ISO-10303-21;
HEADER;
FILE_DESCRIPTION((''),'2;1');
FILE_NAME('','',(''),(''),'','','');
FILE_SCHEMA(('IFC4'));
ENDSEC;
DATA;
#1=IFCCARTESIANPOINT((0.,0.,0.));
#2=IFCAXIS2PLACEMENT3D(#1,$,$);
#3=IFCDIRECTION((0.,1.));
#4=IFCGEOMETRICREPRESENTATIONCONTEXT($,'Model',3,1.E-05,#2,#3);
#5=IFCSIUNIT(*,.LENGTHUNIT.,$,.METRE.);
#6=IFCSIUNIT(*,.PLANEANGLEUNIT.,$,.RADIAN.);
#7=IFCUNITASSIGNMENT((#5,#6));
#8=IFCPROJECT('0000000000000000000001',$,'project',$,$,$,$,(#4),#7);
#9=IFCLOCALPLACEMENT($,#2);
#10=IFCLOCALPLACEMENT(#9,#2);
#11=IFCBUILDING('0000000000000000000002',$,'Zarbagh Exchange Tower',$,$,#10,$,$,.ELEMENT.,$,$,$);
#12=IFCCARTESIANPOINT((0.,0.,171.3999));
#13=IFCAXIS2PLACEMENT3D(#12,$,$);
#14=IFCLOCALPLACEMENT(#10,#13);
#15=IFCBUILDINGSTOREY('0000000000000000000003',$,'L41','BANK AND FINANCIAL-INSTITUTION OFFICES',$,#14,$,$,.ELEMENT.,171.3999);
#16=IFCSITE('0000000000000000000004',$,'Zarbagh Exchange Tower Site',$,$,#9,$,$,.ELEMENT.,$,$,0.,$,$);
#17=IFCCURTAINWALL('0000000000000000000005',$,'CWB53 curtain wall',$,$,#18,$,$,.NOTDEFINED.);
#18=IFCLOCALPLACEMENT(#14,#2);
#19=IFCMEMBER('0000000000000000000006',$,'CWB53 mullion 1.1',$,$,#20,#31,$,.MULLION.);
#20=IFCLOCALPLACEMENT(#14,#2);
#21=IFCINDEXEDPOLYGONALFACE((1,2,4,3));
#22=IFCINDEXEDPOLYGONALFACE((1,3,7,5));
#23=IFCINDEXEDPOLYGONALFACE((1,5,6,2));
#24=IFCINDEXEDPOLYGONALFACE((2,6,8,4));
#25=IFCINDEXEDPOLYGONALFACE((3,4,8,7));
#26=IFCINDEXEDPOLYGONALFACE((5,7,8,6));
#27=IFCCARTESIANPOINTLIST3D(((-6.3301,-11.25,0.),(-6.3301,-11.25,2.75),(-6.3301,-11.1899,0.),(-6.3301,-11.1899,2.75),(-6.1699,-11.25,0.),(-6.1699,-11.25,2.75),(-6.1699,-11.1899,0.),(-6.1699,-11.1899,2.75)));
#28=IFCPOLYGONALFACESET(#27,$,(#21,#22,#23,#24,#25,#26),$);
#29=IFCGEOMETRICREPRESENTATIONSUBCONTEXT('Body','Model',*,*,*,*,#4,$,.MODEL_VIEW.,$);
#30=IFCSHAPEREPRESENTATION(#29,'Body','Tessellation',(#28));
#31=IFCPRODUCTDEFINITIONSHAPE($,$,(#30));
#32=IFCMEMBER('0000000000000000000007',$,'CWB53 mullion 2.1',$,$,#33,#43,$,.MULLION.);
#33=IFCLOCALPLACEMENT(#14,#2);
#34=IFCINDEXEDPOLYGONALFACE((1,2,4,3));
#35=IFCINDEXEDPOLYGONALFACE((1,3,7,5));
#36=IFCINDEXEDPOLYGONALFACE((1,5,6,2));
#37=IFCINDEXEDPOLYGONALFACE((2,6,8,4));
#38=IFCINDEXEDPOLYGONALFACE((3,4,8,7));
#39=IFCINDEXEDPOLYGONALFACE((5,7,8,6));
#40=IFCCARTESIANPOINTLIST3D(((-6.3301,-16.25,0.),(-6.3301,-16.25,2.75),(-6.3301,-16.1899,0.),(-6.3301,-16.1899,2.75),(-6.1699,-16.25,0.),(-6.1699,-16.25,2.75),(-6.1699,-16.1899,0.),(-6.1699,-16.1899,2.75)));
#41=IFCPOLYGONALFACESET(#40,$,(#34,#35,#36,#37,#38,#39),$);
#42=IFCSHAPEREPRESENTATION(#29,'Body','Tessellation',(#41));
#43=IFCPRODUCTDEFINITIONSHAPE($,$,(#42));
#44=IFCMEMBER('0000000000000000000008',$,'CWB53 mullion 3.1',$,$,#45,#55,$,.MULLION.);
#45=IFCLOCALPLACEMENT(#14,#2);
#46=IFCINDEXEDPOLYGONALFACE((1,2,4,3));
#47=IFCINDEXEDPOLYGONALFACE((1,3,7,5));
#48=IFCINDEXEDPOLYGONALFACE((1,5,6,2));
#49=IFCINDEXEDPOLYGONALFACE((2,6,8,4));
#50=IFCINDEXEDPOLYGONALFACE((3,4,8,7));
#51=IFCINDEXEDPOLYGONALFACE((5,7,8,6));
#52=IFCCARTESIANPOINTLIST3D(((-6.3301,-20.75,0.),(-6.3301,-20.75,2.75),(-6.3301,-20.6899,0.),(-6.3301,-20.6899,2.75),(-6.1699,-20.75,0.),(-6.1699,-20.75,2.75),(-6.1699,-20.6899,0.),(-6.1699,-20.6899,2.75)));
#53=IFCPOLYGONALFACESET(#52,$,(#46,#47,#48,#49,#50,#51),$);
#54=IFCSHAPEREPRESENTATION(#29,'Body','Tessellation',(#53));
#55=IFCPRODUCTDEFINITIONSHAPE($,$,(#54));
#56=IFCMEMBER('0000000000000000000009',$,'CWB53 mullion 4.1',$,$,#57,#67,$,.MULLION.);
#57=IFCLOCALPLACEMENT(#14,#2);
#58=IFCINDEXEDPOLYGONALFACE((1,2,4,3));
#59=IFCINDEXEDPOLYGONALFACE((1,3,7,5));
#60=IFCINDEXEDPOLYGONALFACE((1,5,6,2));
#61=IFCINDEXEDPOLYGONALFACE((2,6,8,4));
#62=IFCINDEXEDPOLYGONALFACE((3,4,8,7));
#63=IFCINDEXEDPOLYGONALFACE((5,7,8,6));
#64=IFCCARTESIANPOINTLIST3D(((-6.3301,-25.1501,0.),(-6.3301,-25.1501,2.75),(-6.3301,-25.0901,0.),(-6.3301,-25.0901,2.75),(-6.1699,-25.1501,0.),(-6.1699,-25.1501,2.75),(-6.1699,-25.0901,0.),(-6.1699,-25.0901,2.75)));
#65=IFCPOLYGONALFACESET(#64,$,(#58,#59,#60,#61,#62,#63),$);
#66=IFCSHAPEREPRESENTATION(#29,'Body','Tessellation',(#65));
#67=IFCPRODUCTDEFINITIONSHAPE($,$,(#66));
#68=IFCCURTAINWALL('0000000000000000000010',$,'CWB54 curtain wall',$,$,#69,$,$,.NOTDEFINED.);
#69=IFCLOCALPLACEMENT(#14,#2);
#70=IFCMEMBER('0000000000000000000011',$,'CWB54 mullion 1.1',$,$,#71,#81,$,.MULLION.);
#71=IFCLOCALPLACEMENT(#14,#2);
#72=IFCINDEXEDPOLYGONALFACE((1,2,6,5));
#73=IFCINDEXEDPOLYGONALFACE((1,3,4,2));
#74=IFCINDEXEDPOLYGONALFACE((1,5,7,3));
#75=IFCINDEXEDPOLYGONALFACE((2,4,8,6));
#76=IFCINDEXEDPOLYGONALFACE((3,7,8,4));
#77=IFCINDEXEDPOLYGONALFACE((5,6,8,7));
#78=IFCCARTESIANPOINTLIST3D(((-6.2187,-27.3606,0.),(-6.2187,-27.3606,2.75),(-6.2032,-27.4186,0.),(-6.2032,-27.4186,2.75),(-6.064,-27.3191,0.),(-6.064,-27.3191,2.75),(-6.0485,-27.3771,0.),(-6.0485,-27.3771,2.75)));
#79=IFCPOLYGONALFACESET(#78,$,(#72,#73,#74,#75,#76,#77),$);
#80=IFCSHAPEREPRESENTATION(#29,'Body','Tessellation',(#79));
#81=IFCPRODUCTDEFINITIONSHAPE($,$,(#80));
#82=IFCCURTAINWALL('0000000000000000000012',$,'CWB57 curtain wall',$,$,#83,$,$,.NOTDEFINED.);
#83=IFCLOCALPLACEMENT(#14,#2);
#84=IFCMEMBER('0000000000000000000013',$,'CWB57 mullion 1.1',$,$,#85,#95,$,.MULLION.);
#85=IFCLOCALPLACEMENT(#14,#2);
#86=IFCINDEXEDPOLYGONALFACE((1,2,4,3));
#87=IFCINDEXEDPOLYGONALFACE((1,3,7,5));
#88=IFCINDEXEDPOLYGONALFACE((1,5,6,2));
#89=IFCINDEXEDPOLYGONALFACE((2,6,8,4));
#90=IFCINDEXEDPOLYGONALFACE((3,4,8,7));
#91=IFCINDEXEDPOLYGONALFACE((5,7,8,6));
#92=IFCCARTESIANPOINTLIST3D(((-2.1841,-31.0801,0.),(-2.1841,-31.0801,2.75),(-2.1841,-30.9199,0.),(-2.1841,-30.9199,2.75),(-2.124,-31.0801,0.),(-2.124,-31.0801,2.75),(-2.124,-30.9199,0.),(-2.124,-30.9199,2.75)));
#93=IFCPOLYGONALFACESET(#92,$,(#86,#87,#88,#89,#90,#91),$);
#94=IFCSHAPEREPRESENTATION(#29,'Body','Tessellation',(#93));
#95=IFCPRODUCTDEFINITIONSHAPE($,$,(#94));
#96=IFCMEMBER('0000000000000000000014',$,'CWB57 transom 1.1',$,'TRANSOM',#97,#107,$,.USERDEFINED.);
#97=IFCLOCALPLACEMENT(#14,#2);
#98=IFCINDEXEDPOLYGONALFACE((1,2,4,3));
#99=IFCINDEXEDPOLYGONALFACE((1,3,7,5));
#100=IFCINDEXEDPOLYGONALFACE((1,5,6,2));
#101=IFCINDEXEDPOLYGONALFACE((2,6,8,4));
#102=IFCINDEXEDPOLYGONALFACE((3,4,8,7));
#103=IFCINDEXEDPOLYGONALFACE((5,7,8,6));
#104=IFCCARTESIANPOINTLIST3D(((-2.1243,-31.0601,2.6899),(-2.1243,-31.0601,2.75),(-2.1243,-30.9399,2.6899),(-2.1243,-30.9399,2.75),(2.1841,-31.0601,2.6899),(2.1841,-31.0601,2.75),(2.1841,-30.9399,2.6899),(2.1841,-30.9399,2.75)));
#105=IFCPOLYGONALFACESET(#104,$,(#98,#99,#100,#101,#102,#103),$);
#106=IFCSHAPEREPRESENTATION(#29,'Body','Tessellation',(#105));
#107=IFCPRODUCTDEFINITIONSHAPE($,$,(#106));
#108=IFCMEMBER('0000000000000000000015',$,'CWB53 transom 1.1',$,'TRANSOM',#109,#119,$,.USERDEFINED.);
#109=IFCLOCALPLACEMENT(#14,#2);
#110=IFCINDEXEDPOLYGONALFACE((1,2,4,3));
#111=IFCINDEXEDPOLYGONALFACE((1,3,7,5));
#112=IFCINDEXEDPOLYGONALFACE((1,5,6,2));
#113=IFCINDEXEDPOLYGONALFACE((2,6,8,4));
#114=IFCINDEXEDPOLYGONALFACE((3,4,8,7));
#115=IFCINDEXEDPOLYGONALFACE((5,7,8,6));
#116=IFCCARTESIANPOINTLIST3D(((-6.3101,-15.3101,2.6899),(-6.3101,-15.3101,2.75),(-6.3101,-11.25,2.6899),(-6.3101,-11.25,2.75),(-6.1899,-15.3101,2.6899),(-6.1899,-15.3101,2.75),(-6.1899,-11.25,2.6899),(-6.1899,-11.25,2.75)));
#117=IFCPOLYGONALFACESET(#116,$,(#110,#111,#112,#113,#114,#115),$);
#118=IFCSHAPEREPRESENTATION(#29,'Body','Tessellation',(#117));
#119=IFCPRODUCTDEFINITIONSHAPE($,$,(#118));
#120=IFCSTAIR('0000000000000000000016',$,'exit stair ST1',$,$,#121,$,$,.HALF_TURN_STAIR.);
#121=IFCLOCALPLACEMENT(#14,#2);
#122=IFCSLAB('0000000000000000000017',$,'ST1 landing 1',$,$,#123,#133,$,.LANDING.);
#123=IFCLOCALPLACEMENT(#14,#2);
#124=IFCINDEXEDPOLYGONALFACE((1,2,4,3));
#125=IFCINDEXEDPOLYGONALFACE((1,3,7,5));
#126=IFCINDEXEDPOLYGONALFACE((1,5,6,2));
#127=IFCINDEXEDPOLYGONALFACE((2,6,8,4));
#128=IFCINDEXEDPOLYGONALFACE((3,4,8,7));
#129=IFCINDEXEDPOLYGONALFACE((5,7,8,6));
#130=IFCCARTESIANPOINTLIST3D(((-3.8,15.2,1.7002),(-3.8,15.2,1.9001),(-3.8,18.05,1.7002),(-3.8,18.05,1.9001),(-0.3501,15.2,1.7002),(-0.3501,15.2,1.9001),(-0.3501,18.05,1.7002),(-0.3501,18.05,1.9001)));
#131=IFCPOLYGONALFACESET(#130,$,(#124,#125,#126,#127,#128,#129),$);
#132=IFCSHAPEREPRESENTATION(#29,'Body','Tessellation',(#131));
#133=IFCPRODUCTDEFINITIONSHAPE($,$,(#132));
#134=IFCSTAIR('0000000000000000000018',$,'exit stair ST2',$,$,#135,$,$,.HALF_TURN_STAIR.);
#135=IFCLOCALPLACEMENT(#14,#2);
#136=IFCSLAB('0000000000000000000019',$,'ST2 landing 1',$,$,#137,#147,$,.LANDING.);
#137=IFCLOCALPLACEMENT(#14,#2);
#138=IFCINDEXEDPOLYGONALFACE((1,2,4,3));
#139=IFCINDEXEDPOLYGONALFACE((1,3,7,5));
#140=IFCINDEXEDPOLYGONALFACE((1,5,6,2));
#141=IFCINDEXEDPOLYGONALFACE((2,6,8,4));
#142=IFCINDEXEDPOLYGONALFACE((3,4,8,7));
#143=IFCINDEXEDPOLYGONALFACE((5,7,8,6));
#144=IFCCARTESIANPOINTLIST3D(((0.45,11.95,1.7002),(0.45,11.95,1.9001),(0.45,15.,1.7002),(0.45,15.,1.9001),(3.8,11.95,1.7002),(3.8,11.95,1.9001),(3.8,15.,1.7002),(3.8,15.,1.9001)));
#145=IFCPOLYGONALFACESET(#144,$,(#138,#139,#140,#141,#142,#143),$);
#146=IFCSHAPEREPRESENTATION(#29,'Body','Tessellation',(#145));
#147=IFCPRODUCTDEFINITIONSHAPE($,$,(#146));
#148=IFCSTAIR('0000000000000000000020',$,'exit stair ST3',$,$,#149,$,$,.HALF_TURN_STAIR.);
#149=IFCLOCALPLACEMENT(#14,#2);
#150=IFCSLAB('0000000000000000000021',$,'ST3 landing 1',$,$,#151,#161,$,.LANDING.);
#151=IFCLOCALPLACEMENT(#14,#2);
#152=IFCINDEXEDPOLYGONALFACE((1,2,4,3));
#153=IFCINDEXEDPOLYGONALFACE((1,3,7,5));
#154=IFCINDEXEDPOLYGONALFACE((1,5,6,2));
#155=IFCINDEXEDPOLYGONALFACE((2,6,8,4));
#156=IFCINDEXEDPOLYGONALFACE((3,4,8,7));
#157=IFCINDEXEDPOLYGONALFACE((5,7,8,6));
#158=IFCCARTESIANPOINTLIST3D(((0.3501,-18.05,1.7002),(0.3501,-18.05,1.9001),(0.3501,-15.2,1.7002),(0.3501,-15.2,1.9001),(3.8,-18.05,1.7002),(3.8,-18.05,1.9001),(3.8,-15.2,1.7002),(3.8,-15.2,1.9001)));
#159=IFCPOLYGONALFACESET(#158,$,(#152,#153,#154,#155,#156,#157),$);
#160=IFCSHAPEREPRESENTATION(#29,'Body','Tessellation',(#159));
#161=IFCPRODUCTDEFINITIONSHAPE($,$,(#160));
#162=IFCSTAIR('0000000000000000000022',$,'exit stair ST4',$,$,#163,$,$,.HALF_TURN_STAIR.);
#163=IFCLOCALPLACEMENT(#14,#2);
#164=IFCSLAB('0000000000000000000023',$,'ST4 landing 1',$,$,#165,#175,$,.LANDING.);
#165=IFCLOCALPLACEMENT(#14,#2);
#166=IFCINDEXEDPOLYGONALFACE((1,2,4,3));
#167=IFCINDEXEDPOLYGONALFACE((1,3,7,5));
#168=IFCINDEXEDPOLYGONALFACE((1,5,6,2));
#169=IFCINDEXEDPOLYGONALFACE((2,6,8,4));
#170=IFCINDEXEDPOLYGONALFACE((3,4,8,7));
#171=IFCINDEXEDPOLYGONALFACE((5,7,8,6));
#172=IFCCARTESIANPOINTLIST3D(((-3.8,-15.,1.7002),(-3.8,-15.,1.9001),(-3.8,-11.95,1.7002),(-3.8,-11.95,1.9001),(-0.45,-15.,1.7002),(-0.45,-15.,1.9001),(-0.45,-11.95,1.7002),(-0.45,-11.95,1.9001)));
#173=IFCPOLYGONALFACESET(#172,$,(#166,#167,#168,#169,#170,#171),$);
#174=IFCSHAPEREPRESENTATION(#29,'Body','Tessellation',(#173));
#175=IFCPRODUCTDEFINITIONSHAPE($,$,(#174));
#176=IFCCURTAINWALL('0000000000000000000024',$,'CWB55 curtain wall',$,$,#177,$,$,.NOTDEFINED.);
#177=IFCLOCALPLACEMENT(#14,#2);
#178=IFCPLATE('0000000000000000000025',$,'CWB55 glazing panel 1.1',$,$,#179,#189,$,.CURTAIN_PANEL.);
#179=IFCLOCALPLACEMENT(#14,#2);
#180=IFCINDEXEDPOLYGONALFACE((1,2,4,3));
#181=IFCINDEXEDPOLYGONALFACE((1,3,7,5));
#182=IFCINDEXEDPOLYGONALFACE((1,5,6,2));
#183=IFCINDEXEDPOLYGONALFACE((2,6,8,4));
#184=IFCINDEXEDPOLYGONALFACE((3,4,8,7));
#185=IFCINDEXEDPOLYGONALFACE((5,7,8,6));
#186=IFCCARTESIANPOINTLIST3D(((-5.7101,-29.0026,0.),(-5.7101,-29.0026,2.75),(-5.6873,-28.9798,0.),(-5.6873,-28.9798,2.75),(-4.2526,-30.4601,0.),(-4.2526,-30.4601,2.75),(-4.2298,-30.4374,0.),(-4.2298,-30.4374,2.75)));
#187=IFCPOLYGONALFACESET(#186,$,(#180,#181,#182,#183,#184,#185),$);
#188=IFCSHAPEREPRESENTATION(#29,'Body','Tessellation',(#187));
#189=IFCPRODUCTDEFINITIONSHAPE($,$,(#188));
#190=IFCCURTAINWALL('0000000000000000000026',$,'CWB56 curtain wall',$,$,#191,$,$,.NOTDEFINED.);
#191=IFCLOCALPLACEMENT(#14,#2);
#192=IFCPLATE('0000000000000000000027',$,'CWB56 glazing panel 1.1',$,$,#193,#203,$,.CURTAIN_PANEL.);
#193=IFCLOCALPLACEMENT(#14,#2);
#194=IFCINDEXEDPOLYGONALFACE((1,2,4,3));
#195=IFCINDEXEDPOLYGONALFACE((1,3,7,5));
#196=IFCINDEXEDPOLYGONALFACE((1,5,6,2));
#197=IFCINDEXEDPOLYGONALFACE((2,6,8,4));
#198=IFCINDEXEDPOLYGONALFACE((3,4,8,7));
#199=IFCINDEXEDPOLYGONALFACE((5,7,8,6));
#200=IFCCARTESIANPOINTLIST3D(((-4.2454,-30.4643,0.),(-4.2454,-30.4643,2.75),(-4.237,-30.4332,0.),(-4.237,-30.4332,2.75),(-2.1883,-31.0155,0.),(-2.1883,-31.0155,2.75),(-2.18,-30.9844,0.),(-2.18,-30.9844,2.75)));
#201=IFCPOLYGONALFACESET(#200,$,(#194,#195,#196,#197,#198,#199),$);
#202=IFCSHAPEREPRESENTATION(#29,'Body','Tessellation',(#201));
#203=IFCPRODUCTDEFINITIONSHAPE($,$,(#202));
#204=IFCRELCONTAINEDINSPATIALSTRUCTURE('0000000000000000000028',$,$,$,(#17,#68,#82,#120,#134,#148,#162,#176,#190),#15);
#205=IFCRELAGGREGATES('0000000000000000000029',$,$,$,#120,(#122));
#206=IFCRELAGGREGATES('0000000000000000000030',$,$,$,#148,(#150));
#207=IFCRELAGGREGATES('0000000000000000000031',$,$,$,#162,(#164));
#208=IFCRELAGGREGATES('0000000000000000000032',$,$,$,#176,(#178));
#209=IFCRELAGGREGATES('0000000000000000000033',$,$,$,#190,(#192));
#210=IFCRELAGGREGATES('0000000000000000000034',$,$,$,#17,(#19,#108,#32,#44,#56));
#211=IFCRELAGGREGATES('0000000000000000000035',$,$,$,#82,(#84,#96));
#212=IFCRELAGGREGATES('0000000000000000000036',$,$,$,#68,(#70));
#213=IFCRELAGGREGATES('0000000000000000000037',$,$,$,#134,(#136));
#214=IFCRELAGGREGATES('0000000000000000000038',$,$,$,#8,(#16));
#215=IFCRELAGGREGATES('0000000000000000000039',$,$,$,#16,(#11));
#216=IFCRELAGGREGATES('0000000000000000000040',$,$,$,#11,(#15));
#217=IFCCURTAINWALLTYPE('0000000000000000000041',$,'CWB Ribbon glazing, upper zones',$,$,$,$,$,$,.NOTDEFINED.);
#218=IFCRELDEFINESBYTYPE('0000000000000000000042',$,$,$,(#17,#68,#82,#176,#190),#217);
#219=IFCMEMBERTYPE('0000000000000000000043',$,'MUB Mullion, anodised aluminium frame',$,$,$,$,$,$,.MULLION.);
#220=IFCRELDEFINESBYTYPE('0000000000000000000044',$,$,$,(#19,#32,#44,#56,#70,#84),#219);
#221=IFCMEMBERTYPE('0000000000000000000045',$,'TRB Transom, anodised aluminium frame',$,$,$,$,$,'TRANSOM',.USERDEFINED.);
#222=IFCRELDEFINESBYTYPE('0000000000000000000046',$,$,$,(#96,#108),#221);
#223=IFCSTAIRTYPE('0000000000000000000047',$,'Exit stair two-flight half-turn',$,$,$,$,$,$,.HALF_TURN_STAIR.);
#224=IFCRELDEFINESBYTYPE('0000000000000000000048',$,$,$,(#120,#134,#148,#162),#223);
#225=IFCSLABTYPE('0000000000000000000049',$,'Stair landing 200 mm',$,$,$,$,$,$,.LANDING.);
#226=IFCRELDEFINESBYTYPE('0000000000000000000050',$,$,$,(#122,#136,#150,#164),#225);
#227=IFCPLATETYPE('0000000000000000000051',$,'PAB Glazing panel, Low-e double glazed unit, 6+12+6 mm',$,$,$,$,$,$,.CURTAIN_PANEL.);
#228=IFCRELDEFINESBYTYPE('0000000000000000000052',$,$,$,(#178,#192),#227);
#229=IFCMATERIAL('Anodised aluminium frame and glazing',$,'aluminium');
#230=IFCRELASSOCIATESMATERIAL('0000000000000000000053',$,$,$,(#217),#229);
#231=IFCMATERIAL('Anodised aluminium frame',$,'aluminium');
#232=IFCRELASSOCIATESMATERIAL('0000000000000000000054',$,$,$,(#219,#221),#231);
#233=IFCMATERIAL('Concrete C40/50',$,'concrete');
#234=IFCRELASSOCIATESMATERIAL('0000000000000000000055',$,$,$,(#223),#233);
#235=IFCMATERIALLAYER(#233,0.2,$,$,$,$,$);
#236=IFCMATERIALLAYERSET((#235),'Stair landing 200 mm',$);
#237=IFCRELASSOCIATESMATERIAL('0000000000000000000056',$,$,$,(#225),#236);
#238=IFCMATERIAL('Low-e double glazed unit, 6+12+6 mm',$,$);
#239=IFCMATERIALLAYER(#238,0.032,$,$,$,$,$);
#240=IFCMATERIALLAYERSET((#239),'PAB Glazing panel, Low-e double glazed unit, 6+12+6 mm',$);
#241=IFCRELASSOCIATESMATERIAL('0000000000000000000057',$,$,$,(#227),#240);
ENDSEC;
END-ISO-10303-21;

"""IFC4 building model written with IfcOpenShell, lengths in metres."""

from ifc_helpers import new_model, si_unit, direction, frame, origin, place, context, subcontext, project, spatial, polyline, outline, extrude, source, transform, mapped, material, layer, layer_set, type_object, element, aggregate, save


model = new_model("IFC4")

# Units and contexts
model_context = context("Model", 3, precision=1e-05, world=origin(), true_north=direction((0.0, 1.0)))
body_context = subcontext(model_context, "Body", "Model", "MODEL_VIEW")
ifc_project = project(units=[si_unit("LENGTHUNIT", "METRE"), si_unit("PLANEANGLEUNIT", "RADIAN")], contexts=[model_context])

# Site, building, storey
site_placement = place(None, origin())
site = spatial("IfcSite", under=ifc_project, at=site_placement, Name="Zarbagh Exchange Tower Site", CompositionType="ELEMENT", RefElevation=0.0)
building_placement = place(site_placement, origin())
building = spatial("IfcBuilding", under=site, at=building_placement, Name="Zarbagh Exchange Tower", CompositionType="ELEMENT")
storey_placement = place(building_placement, frame((0.0, 0.0, 171.3999)))
storey = spatial("IfcBuildingStorey", under=building, at=storey_placement, Name="L41", Description="BANK AND FINANCIAL-INSTITUTION OFFICES", CompositionType="ELEMENT", Elevation=171.3999)

# Curtain wall, members
ifc_material_1 = material(Name="Anodised aluminium frame and glazing", Category="aluminium")
curtain_wall_type = type_object("IfcCurtainWallType", Name="CWB Ribbon glazing, upper zones", PredefinedType="NOTDEFINED", material=ifc_material_1)
curtain_wall_1_placement = place(storey_placement, origin())
curtain_wall_1 = element("IfcCurtainWall", 1, at=curtain_wall_1_placement, inside=storey, type_object=curtain_wall_type, Name="CWB53 curtain wall", PredefinedType="NOTDEFINED")
ifc_material_2 = material(Name="Anodised aluminium frame", Category="aluminium")
member_type_1 = type_object("IfcMemberType", Name="MUB Mullion, anodised aluminium frame", PredefinedType="MULLION", material=ifc_material_2)
shared_shape_1 = source(origin(), body_context, "Body", "SweptSolid", [
    extrude(outline(polyline([(0.0, -0.0801), (0.0601, -0.0801), (0.0601, 0.0801), (0.0, 0.0801), (0.0, -0.0801)])), origin(), (0.0, 0.0, 1.0), 2.75),
])
placement = place(storey_placement, origin())
member_1 = element("IfcMember", 2, at=placement, type_object=member_type_1, Name="CWB53 mullion 1.1", PredefinedType="MULLION", context=body_context, shape_type="MappedRepresentation", body=[
    mapped(shared_shape_1, transform((-6.25, -11.1899, 0.0), x_axis=(0.0, -1.0, 0.0), y_axis=(1.0, 0.0, 0.0), z_axis=(0.0, 0.0, 1.0))),
])
member_2 = element("IfcMember", 3, at=placement, type_object=member_type_1, Name="CWB53 mullion 2.1", PredefinedType="MULLION", context=body_context, shape_type="MappedRepresentation", body=[
    mapped(shared_shape_1, transform((-6.25, -16.1899, 0.0), x_axis=(0.0, -1.0, 0.0), y_axis=(1.0, 0.0, 0.0), z_axis=(0.0, 0.0, 1.0))),
])
member_3 = element("IfcMember", 4, at=placement, type_object=member_type_1, Name="CWB53 mullion 3.1", PredefinedType="MULLION", context=body_context, shape_type="MappedRepresentation", body=[
    mapped(shared_shape_1, transform((-6.25, -20.6899, 0.0), x_axis=(0.0, -1.0, 0.0), y_axis=(1.0, 0.0, 0.0), z_axis=(0.0, 0.0, 1.0))),
])
member_4 = element("IfcMember", 5, at=placement, type_object=member_type_1, Name="CWB53 mullion 4.1", PredefinedType="MULLION", context=body_context, shape_type="MappedRepresentation", body=[
    mapped(shared_shape_1, transform((-6.25, -25.0901, 0.0), x_axis=(0.0, -1.0, 0.0), y_axis=(1.0, 0.0, 0.0), z_axis=(0.0, 0.0, 1.0))),
])

# Curtain wall, member
curtain_wall_2_placement = place(storey_placement, origin())
curtain_wall_2 = element("IfcCurtainWall", 6, at=curtain_wall_2_placement, inside=storey, type_object=curtain_wall_type, Name="CWB54 curtain wall", PredefinedType="NOTDEFINED")
member_5 = element("IfcMember", 7, at=placement, type_object=member_type_1, Name="CWB54 mullion 1.1", PredefinedType="MULLION", context=body_context, shape_type="MappedRepresentation", body=[
    mapped(shared_shape_1, transform((-6.1414, -27.3398, 0.0), x_axis=(0.258825, -0.965924, 0.0), y_axis=(0.965924, 0.258825, 0.0), z_axis=(0.0, 0.0, 1.0))),
])

# Curtain wall, members
curtain_wall_3_placement = place(storey_placement, origin())
curtain_wall_3 = element("IfcCurtainWall", 8, at=curtain_wall_3_placement, inside=storey, type_object=curtain_wall_type, Name="CWB57 curtain wall", PredefinedType="NOTDEFINED")
member_6 = element("IfcMember", 9, at=placement, type_object=member_type_1, Name="CWB57 mullion 1.1", PredefinedType="MULLION", context=body_context, shape_type="MappedRepresentation", body=[
    mapped(shared_shape_1, transform((-2.1841, -31.0, 0.0), x_axis=(1.0, 0.0, 0.0), y_axis=(0.0, 1.0, 0.0), z_axis=(0.0, 0.0, 1.0))),
])
member_type_2 = type_object("IfcMemberType", Name="TRB Transom, anodised aluminium frame", ElementType="TRANSOM", PredefinedType="USERDEFINED", material=ifc_material_2)
shared_shape_2 = source(origin(), body_context, "Body", "SweptSolid", [
    extrude(outline(polyline([(-0.0601, -0.0601), (0.0, -0.0601), (0.0, 0.0601), (-0.0601, 0.0601), (-0.0601, -0.0601)])), origin(), (0.0, 0.0, 1.0), 4.3083),
])
member_7 = element("IfcMember", 10, at=placement, type_object=member_type_2, Name="CWB57 transom 1.1", ObjectType="TRANSOM", PredefinedType="USERDEFINED", context=body_context, shape_type="MappedRepresentation", body=[
    mapped(shared_shape_2, transform((-2.1243, -31.0, 2.75), x_axis=(0.0, 0.0, 1.0), y_axis=(0.0, -1.0, 0.0), z_axis=(1.0, 0.0, 0.0))),
])

# Member
shared_shape_3 = source(origin(), body_context, "Body", "SweptSolid", [
    extrude(outline(polyline([(-0.0601, -0.0601), (0.0, -0.0601), (0.0, 0.0601), (-0.0601, 0.0601), (-0.0601, -0.0601)])), origin(), (0.0, 0.0, 1.0), 4.0601),
])
member_8 = element("IfcMember", 11, at=placement, type_object=member_type_2, Name="CWB53 transom 1.1", ObjectType="TRANSOM", PredefinedType="USERDEFINED", context=body_context, shape_type="MappedRepresentation", body=[
    mapped(shared_shape_3, transform((-6.25, -11.25, 2.75), x_axis=(0.0, 0.0, 1.0), y_axis=(-1.0, 0.0, 0.0), z_axis=(0.0, -1.0, 0.0))),
])

# Stairs, slabs
ifc_material_3 = material(Name="Concrete C40/50", Category="concrete")
stair_type = type_object("IfcStairType", Name="Exit stair two-flight half-turn", PredefinedType="HALF_TURN_STAIR", material=ifc_material_3)
stair_1_placement = place(storey_placement, origin())
stair_1 = element("IfcStair", 12, at=stair_1_placement, inside=storey, type_object=stair_type, Name="exit stair ST1", PredefinedType="HALF_TURN_STAIR")
ifc_layer_1 = layer(ifc_material_3, 0.2)
ifc_layer_set_1 = layer_set([ifc_layer_1], Name="Stair landing 200 mm")
slab_type = type_object("IfcSlabType", Name="Stair landing 200 mm", PredefinedType="LANDING", material=ifc_layer_set_1)
slab_1_placement = place(storey_placement, frame((0.0, 0.0, 1.7002)))
slab_1 = element("IfcSlab", 13, at=slab_1_placement, type_object=slab_type, Name="ST1 landing 1", PredefinedType="LANDING", context=body_context, shape_type="SweptSolid", body=[
    extrude(outline(polyline([(-0.3501, 18.05), (-3.8, 18.05), (-3.8, 15.2), (-0.3501, 15.2), (-0.3501, 18.05)])), origin(), (0.0, 0.0, 1.0), 0.2),
])
aggregate(stair_1, [slab_1])
stair_2_placement = place(storey_placement, origin())
stair_2 = element("IfcStair", 14, at=stair_2_placement, inside=storey, type_object=stair_type, Name="exit stair ST2", PredefinedType="HALF_TURN_STAIR")
slab_2_placement = place(storey_placement, frame((0.0, 0.0, 1.7002)))
slab_2 = element("IfcSlab", 15, at=slab_2_placement, type_object=slab_type, Name="ST2 landing 1", PredefinedType="LANDING", context=body_context, shape_type="SweptSolid", body=[
    extrude(outline(polyline([(0.45, 11.95), (3.8, 11.95), (3.8, 15.0), (0.45, 15.0), (0.45, 11.95)])), origin(), (0.0, 0.0, 1.0), 0.2),
])
stair_3_placement = place(storey_placement, origin())
stair_3 = element("IfcStair", 16, at=stair_3_placement, inside=storey, type_object=stair_type, Name="exit stair ST3", PredefinedType="HALF_TURN_STAIR")
slab_3_placement = place(storey_placement, frame((0.0, 0.0, 1.7002)))
slab_3 = element("IfcSlab", 17, at=slab_3_placement, type_object=slab_type, Name="ST3 landing 1", PredefinedType="LANDING", context=body_context, shape_type="SweptSolid", body=[
    extrude(outline(polyline([(0.3501, -18.05), (3.8, -18.05), (3.8, -15.2), (0.3501, -15.2), (0.3501, -18.05)])), origin(), (0.0, 0.0, 1.0), 0.2),
])
aggregate(stair_3, [slab_3])
stair_4_placement = place(storey_placement, origin())
stair_4 = element("IfcStair", 18, at=stair_4_placement, inside=storey, type_object=stair_type, Name="exit stair ST4", PredefinedType="HALF_TURN_STAIR")
slab_4_placement = place(storey_placement, frame((0.0, 0.0, 1.7002)))
slab_4 = element("IfcSlab", 19, at=slab_4_placement, type_object=slab_type, Name="ST4 landing 1", PredefinedType="LANDING", context=body_context, shape_type="SweptSolid", body=[
    extrude(outline(polyline([(-0.45, -11.95), (-3.8, -11.95), (-3.8, -15.0), (-0.45, -15.0), (-0.45, -11.95)])), origin(), (0.0, 0.0, 1.0), 0.2),
])
aggregate(stair_4, [slab_4])

# Curtain walls, plates
curtain_wall_4_placement = place(storey_placement, origin())
curtain_wall_4 = element("IfcCurtainWall", 20, at=curtain_wall_4_placement, inside=storey, type_object=curtain_wall_type, Name="CWB55 curtain wall", PredefinedType="NOTDEFINED")
ifc_material_4 = material(Name="Low-e double glazed unit, 6+12+6 mm")
ifc_layer_2 = layer(ifc_material_4, 0.032)
ifc_layer_set_2 = layer_set([ifc_layer_2], Name="PAB Glazing panel, Low-e double glazed unit, 6+12+6 mm")
plate_type = type_object("IfcPlateType", Name="PAB Glazing panel, Low-e double glazed unit, 6+12+6 mm", PredefinedType="CURTAIN_PANEL", material=ifc_layer_set_2)
shared_shape_4 = source(origin(), body_context, "Body", "SweptSolid", [
    extrude(outline(polyline([(0.0, -0.0161), (2.0613, -0.0161), (2.0613, 0.0161), (0.0, 0.0161), (0.0, -0.0161)])), origin(), (0.0, 0.0, 1.0), 2.75),
])
plate_1 = element("IfcPlate", 21, at=placement, type_object=plate_type, Name="CWB55 glazing panel 1.1", PredefinedType="CURTAIN_PANEL", context=body_context, shape_type="MappedRepresentation", body=[
    mapped(shared_shape_4, transform((-5.6987, -28.9912, 0.0), x_axis=(0.707107, -0.707107, 0.0), y_axis=(0.707107, 0.707107, 0.0), z_axis=(0.0, 0.0, 1.0))),
])
aggregate(curtain_wall_4, [plate_1])
curtain_wall_5_placement = place(storey_placement, origin())
curtain_wall_5 = element("IfcCurtainWall", 22, at=curtain_wall_5_placement, inside=storey, type_object=curtain_wall_type, Name="CWB56 curtain wall", PredefinedType="NOTDEFINED")
shared_shape_5 = source(origin(), body_context, "Body", "SweptSolid", [
    extrude(outline(polyline([(0.0, -0.0161), (2.1296, -0.0161), (2.1296, 0.0161), (0.0, 0.0161), (0.0, -0.0161)])), origin(), (0.0, 0.0, 1.0), 2.75),
])
plate_2 = element("IfcPlate", 23, at=placement, type_object=plate_type, Name="CWB56 glazing panel 1.1", PredefinedType="CURTAIN_PANEL", context=body_context, shape_type="MappedRepresentation", body=[
    mapped(shared_shape_5, transform((-4.2412, -30.4487, 0.0), x_axis=(0.965924, -0.258825, 0.0), y_axis=(0.258825, 0.965924, 0.0), z_axis=(0.0, 0.0, 1.0))),
])
aggregate(curtain_wall_5, [plate_2])

aggregate(curtain_wall_1, [member_1, member_8, member_2, member_3, member_4])
aggregate(curtain_wall_3, [member_6, member_7])
aggregate(curtain_wall_2, [member_5])

aggregate(stair_2, [slab_2])

save(model, "model.ifc")
